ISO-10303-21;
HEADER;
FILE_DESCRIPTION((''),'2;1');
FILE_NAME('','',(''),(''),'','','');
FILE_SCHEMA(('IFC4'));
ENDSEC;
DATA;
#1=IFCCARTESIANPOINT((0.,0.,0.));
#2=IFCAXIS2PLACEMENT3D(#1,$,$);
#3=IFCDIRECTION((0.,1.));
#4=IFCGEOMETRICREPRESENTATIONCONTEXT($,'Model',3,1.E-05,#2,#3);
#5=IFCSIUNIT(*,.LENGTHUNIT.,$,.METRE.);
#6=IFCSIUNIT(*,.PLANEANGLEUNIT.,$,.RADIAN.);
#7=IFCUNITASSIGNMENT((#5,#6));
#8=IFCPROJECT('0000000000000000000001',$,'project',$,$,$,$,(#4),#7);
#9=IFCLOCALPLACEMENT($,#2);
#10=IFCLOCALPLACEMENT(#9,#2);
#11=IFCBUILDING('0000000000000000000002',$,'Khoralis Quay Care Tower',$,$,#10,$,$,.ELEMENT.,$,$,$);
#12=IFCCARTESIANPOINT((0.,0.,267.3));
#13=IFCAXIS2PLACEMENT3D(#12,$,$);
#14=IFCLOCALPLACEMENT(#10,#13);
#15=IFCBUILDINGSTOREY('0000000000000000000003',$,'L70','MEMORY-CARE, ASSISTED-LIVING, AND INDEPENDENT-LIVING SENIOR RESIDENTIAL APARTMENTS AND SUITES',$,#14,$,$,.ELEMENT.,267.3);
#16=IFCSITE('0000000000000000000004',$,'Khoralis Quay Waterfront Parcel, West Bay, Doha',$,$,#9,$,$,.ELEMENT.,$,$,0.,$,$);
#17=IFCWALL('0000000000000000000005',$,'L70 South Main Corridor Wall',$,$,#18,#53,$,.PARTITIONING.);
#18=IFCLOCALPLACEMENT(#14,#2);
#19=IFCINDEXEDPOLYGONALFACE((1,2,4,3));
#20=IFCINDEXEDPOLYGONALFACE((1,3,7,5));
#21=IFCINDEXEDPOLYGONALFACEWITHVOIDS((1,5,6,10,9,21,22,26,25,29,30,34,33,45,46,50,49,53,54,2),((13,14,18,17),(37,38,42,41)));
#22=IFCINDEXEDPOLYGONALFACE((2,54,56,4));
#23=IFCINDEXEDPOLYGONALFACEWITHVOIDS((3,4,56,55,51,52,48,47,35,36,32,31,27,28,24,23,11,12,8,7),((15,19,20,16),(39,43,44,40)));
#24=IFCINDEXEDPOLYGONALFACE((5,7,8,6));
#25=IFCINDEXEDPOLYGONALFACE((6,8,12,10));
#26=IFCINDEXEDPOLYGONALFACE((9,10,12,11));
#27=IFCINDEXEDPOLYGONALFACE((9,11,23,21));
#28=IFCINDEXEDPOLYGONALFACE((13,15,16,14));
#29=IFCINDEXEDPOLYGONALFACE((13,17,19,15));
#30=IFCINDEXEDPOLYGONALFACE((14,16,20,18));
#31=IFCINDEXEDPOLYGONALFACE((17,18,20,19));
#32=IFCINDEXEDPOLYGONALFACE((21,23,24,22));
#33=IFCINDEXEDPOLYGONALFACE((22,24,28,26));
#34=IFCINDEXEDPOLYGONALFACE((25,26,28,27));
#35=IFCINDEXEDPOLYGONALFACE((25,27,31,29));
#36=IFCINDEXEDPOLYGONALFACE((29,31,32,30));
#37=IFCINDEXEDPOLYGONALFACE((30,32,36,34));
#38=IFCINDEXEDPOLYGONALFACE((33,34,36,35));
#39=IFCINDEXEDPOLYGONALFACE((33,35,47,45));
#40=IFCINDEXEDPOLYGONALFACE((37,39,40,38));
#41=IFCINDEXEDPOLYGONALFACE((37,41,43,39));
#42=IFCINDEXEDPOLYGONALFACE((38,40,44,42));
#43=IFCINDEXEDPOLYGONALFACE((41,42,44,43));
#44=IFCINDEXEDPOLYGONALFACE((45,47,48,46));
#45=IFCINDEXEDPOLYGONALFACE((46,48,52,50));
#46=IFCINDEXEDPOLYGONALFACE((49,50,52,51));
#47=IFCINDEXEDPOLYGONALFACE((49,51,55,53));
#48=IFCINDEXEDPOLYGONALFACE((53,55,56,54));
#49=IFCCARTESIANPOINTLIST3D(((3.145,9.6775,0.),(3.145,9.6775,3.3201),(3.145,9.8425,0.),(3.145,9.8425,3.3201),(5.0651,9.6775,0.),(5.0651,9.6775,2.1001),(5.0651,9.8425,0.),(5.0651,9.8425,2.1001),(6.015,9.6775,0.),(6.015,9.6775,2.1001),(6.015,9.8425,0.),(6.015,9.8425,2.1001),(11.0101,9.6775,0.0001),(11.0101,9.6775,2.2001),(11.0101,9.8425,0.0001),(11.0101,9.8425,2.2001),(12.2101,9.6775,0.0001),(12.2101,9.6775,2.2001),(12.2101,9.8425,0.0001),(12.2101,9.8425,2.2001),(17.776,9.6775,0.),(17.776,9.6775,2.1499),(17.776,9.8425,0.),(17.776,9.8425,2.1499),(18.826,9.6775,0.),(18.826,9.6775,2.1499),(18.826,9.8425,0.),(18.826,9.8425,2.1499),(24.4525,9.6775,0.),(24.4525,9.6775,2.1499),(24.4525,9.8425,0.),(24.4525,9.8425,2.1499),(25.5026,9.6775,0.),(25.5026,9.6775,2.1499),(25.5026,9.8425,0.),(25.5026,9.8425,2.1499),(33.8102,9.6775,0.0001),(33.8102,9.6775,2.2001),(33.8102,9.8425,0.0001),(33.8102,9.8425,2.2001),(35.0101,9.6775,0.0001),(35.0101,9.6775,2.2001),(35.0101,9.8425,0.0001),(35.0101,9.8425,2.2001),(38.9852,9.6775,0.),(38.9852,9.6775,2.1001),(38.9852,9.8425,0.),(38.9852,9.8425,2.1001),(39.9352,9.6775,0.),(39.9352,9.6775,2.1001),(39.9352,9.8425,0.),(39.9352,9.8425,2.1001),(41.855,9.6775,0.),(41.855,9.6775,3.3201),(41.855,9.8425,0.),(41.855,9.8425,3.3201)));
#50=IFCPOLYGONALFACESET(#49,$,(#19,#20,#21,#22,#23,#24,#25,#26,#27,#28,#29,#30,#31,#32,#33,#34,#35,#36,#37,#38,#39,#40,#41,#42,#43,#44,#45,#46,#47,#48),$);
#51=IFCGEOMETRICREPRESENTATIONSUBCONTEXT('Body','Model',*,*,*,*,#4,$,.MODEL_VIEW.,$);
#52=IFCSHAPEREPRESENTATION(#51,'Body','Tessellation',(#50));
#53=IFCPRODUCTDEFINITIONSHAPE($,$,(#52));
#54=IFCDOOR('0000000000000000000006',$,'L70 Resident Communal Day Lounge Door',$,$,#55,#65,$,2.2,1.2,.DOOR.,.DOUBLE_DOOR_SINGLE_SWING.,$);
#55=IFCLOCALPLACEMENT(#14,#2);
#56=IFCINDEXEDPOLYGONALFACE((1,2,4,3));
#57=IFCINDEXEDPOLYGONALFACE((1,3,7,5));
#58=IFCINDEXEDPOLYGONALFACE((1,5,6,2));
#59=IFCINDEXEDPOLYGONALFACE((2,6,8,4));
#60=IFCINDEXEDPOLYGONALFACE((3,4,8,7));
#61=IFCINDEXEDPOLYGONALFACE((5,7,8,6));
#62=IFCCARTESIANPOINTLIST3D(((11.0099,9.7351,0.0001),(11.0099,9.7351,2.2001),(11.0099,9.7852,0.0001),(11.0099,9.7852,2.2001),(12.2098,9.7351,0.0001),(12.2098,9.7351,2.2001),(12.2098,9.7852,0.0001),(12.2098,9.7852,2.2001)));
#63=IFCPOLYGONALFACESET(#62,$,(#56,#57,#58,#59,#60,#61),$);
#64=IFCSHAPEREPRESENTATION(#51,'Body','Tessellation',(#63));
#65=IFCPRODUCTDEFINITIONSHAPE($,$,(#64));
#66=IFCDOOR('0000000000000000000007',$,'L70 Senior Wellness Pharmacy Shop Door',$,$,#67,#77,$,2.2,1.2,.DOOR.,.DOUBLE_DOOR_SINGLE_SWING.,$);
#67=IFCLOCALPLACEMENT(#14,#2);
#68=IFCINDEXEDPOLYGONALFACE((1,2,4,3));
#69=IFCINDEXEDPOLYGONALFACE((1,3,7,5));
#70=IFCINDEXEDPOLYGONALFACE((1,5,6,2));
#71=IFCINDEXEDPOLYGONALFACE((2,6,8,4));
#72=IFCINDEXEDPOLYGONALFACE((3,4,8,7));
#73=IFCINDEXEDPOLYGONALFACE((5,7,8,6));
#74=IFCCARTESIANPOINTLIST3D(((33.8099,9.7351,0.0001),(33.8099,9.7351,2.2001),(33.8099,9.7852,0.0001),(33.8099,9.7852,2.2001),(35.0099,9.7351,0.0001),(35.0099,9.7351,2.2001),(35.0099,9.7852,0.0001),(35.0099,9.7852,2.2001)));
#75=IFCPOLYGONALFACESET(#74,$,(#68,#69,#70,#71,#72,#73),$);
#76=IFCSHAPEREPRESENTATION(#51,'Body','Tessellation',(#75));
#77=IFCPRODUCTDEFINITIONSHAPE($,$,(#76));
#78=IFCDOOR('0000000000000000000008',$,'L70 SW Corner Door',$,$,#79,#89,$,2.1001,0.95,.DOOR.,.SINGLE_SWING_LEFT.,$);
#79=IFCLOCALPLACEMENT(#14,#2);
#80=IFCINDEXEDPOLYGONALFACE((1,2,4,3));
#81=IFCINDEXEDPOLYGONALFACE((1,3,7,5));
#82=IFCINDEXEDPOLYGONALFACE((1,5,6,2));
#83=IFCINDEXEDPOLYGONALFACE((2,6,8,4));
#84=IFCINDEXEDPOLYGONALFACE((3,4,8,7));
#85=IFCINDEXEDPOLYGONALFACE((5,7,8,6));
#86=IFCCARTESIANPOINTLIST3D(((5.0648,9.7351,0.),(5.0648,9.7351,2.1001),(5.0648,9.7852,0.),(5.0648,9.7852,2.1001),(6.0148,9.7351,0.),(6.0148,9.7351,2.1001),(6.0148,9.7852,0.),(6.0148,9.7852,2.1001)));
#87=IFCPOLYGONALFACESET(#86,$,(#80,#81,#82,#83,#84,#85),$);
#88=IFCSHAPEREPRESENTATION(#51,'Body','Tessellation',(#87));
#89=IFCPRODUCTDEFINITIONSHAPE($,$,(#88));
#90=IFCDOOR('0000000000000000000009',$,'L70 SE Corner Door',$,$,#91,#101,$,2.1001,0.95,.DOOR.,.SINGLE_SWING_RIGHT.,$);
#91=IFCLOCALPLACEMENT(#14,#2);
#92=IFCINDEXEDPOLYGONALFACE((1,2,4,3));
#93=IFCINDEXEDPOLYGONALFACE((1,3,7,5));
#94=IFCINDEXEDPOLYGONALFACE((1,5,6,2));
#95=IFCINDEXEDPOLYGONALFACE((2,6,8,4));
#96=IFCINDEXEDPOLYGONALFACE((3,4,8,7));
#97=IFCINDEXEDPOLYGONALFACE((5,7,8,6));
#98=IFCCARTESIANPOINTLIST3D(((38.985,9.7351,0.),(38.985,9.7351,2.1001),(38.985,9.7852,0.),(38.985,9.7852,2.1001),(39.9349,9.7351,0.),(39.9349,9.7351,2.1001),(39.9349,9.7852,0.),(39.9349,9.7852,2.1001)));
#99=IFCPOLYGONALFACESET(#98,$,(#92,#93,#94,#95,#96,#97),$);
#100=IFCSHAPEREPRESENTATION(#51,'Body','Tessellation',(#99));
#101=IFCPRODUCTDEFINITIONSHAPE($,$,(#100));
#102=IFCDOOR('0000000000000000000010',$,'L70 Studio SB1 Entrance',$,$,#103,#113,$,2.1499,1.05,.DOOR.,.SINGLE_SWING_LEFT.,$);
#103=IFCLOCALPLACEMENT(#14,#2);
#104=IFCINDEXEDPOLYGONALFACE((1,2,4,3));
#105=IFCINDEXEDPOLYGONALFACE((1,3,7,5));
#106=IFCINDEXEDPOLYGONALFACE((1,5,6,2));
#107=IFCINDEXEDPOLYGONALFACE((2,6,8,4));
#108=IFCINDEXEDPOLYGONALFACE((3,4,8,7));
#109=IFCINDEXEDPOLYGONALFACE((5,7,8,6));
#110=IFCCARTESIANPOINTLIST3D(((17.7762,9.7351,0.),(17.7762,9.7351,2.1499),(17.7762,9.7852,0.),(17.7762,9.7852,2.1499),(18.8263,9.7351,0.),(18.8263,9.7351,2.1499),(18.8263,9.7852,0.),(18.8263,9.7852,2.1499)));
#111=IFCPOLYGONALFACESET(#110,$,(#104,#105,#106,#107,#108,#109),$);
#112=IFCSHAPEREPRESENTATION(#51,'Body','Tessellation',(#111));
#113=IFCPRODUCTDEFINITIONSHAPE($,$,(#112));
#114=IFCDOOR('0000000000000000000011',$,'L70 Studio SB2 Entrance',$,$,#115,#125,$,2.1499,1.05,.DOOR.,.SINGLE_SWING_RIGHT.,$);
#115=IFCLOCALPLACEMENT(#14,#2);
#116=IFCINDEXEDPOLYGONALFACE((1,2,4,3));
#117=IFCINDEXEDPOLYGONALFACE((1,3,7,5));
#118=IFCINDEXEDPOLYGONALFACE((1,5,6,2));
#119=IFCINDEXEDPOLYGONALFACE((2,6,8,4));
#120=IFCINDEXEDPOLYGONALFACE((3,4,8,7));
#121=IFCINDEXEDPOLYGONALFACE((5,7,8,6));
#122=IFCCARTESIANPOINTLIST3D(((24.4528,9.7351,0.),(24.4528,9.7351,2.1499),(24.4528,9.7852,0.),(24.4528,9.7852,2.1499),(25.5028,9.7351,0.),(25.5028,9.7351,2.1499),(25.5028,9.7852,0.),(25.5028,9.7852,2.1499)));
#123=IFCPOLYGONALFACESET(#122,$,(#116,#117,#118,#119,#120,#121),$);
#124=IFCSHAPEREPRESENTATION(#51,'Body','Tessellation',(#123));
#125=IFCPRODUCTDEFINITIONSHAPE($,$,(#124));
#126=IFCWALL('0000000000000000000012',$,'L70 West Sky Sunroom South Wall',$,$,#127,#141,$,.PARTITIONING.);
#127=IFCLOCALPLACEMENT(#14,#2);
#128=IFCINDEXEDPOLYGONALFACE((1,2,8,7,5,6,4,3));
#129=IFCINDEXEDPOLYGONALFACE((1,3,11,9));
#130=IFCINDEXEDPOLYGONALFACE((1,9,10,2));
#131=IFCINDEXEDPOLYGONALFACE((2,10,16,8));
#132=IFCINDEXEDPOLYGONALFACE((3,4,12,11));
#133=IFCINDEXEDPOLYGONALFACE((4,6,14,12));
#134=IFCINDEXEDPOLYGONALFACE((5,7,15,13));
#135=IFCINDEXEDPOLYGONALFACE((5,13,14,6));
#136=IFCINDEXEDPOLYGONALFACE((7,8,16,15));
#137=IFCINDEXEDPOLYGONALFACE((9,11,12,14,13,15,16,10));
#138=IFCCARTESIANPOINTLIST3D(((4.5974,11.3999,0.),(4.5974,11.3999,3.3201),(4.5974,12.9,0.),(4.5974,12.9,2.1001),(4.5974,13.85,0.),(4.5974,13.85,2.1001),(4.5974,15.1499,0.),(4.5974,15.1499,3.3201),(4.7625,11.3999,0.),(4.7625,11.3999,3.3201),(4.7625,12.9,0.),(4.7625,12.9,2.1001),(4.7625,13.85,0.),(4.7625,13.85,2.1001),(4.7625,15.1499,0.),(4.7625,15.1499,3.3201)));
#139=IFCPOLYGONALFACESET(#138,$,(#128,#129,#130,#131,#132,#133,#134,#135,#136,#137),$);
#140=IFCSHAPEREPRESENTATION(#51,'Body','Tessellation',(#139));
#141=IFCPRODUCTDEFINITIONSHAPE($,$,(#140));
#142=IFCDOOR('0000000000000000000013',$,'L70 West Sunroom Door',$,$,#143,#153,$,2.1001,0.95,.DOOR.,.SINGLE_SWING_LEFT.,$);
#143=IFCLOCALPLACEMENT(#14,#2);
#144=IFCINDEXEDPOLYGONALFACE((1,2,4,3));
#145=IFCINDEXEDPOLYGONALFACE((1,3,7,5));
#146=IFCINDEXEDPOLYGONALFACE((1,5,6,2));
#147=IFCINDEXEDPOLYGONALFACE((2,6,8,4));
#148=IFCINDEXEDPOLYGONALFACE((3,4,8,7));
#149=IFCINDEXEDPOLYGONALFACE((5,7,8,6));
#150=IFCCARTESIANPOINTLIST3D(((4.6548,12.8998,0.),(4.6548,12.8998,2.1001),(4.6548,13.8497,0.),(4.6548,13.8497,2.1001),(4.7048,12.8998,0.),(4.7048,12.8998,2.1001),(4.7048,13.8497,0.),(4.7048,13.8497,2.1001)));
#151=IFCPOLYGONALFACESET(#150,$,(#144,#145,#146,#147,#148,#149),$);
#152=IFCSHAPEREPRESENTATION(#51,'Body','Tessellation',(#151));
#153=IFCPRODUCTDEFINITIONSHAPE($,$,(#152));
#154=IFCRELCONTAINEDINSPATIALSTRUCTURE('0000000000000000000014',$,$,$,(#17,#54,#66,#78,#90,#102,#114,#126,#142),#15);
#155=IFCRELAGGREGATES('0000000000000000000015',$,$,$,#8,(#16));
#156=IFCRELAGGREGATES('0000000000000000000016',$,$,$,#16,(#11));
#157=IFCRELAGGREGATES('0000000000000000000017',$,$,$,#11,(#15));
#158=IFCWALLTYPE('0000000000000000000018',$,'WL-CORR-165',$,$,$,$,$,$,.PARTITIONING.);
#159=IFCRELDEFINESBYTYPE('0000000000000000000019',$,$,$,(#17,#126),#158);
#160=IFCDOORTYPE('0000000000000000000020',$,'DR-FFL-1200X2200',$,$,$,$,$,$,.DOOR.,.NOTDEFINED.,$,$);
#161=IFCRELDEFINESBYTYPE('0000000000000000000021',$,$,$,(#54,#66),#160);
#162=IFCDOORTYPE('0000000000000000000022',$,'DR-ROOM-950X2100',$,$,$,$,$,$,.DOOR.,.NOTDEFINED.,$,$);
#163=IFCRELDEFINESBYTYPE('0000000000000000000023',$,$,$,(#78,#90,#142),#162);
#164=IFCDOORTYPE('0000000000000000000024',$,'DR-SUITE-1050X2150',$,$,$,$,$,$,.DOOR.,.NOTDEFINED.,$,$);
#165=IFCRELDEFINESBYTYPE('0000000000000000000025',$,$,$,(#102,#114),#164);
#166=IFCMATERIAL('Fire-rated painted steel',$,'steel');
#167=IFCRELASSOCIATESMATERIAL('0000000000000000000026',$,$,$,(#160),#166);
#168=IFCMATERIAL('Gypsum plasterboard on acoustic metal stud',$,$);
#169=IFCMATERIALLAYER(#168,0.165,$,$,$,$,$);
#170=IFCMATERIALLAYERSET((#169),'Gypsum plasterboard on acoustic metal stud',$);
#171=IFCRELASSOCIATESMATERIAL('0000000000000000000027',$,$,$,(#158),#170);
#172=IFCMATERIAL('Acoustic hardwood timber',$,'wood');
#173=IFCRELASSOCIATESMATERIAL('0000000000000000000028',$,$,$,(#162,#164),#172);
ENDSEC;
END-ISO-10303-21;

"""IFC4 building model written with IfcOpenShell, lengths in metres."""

from ifc_helpers import new_model, si_unit, direction, frame, frame_2d, origin, place, context, subcontext, project, spatial, rectangle, extrude, source, transform, mapped, material, layer, layer_set, type_object, element, fill, save


model = new_model("IFC4")

# Units and contexts
model_context = context("Model", 3, precision=1e-05, world=origin(), true_north=direction((0.0, 1.0)))
body_context = subcontext(model_context, "Body", "Model", "MODEL_VIEW")
ifc_project = project(units=[si_unit("LENGTHUNIT", "METRE"), si_unit("PLANEANGLEUNIT", "RADIAN")], contexts=[model_context])

# Site, building, storey
site_placement = place(None, origin())
site = spatial("IfcSite", under=ifc_project, at=site_placement, Name="Khoralis Quay Waterfront Parcel, West Bay, Doha", CompositionType="ELEMENT", RefElevation=0.0)
building_placement = place(site_placement, origin())
building = spatial("IfcBuilding", under=site, at=building_placement, Name="Khoralis Quay Care Tower", CompositionType="ELEMENT")
storey_placement = place(building_placement, frame((0.0, 0.0, 267.3)))
storey = spatial("IfcBuildingStorey", under=building, at=storey_placement, Name="L70", Description="MEMORY-CARE, ASSISTED-LIVING, AND INDEPENDENT-LIVING SENIOR RESIDENTIAL APARTMENTS AND SUITES", CompositionType="ELEMENT", Elevation=267.3)

# Shared definitions
ifc_material_1 = material(Name="Gypsum plasterboard on acoustic metal stud")
ifc_material_2 = material(Name="Fire-rated painted steel", Category="steel")
door_type_1 = type_object("IfcDoorType", Name="DR-FFL-1200X2200", OperationType="NOTDEFINED", PredefinedType="DOOR", material=ifc_material_2)
shared_shape_1 = source(origin(), body_context, "Body", "SweptSolid", [
    extrude(rectangle(XDim=1.2, YDim=2.2, at=frame_2d((0.6001, 1.1001))), frame((0.0, 0.0249, 0.0), z_axis=(0.0, -1.0, 0.0), x_axis=(1.0, 0.0, 0.0)), (0.0, 0.0, 1.0), 0.05),
])

# Wall, openings, doors
ifc_layer_1 = layer(ifc_material_1, 0.165)
ifc_layer_set_1 = layer_set([ifc_layer_1], Name="Gypsum plasterboard on acoustic metal stud")
wall_type_1 = type_object("IfcWallType", Name="WL-CORR-165", PredefinedType="PARTITIONING", material=ifc_layer_set_1)
wall_1_placement = place(storey_placement, frame((3.145, 9.76, 0.0), z_axis=(0.0, 0.0, 1.0), x_axis=(1.0, 0.0, 0.0)))
wall_1 = element("IfcWall", 1, at=wall_1_placement, inside=storey, type_object=wall_type_1, Name="L70 South Main Corridor Wall", PredefinedType="PARTITIONING", context=body_context, shape_type="SweptSolid", body=[
    extrude(rectangle(XDim=38.71, YDim=0.165, at=frame_2d((19.355, 0.0))), origin(), (0.0, 0.0, 1.0), 3.3201),
])
opening_1_placement = place(wall_1_placement, frame((7.865, 0.0, 0.0)))
opening_1 = element("IfcOpeningElement", 2, at=opening_1_placement, cuts=wall_1, PredefinedType="OPENING", context=body_context, shape_type="SweptSolid", body=[
    extrude(rectangle(XDim=1.2, YDim=2.2, at=frame_2d((0.6001, 1.1001))), frame((0.0, 0.0925, 0.0), z_axis=(0.0, -1.0, 0.0), x_axis=(1.0, 0.0, 0.0)), (0.0, 0.0, 1.0), 0.1851),
])
opening_2_placement = place(wall_1_placement, frame((14.6311, 0.0, 0.0)))
opening_2 = element("IfcOpeningElement", 3, at=opening_2_placement, cuts=wall_1, PredefinedType="OPENING", context=body_context, shape_type="SweptSolid", body=[
    extrude(rectangle(XDim=1.05, YDim=2.1499, at=frame_2d((0.5249, 1.075))), frame((0.0, 0.0925, 0.0), z_axis=(0.0, -1.0, 0.0), x_axis=(1.0, 0.0, 0.0)), (0.0, 0.0, 1.0), 0.1851),
])
opening_3_placement = place(wall_1_placement, frame((21.3076, 0.0, 0.0)))
opening_3 = element("IfcOpeningElement", 4, at=opening_3_placement, cuts=wall_1, PredefinedType="OPENING", context=body_context, shape_type="SweptSolid", body=[
    extrude(rectangle(XDim=1.05, YDim=2.1499, at=frame_2d((0.5249, 1.075))), frame((0.0, 0.0925, 0.0), z_axis=(0.0, -1.0, 0.0), x_axis=(1.0, 0.0, 0.0)), (0.0, 0.0, 1.0), 0.1851),
])
opening_4_placement = place(wall_1_placement, frame((30.665, 0.0, 0.0)))
opening_4 = element("IfcOpeningElement", 5, at=opening_4_placement, cuts=wall_1, PredefinedType="OPENING", context=body_context, shape_type="SweptSolid", body=[
    extrude(rectangle(XDim=1.2, YDim=2.2, at=frame_2d((0.6001, 1.1001))), frame((0.0, 0.0925, 0.0), z_axis=(0.0, -1.0, 0.0), x_axis=(1.0, 0.0, 0.0)), (0.0, 0.0, 1.0), 0.1851),
])
opening_5_placement = place(wall_1_placement, frame((1.9199, 0.0, 0.0)))
opening_5 = element("IfcOpeningElement", 6, at=opening_5_placement, cuts=wall_1, PredefinedType="OPENING", context=body_context, shape_type="SweptSolid", body=[
    extrude(rectangle(XDim=0.95, YDim=2.1001, at=frame_2d((0.4751, 1.05))), frame((0.0, 0.0925, 0.0), z_axis=(0.0, -1.0, 0.0), x_axis=(1.0, 0.0, 0.0)), (0.0, 0.0, 1.0), 0.1851),
])
opening_6_placement = place(wall_1_placement, frame((35.8401, 0.0, 0.0)))
opening_6 = element("IfcOpeningElement", 7, at=opening_6_placement, cuts=wall_1, PredefinedType="OPENING", context=body_context, shape_type="SweptSolid", body=[
    extrude(rectangle(XDim=0.95, YDim=2.1001, at=frame_2d((0.4751, 1.05))), frame((0.0, 0.0925, 0.0), z_axis=(0.0, -1.0, 0.0), x_axis=(1.0, 0.0, 0.0)), (0.0, 0.0, 1.0), 0.1851),
])
door_1_placement = place(opening_1_placement, frame((1.2, 0.0, 0.0), z_axis=(0.0, 0.0, 1.0), x_axis=(-1.0, 0.0, 0.0)))
door_1 = element("IfcDoor", 8, at=door_1_placement, inside=storey, type_object=door_type_1, Name="L70 Resident Communal Day Lounge Door", OperationType="DOUBLE_DOOR_SINGLE_SWING", OverallHeight=2.2, OverallWidth=1.2, PredefinedType="DOOR", context=body_context, shape_type="MappedRepresentation", body=[
    mapped(shared_shape_1, transform((0.0, 0.0, 0.0), scale=1.0)),
])
fill(opening_1, door_1)
door_2_placement = place(opening_4_placement, frame((1.2, 0.0, 0.0), z_axis=(0.0, 0.0, 1.0), x_axis=(-1.0, 0.0, 0.0)))
door_2 = element("IfcDoor", 9, at=door_2_placement, inside=storey, type_object=door_type_1, Name="L70 Senior Wellness Pharmacy Shop Door", OperationType="DOUBLE_DOOR_SINGLE_SWING", OverallHeight=2.2, OverallWidth=1.2, PredefinedType="DOOR", context=body_context, shape_type="MappedRepresentation", body=[
    mapped(shared_shape_1, transform((0.0, 0.0, 0.0), scale=1.0)),
])
fill(opening_4, door_2)
ifc_material_3 = material(Name="Acoustic hardwood timber", Category="wood")
door_type_2 = type_object("IfcDoorType", Name="DR-ROOM-950X2100", OperationType="NOTDEFINED", PredefinedType="DOOR", material=ifc_material_3)
shared_shape_2 = source(origin(), body_context, "Body", "SweptSolid", [
    extrude(rectangle(XDim=0.95, YDim=2.1001, at=frame_2d((0.4751, 1.05))), frame((0.0, 0.0249, 0.0), z_axis=(0.0, -1.0, 0.0), x_axis=(1.0, 0.0, 0.0)), (0.0, 0.0, 1.0), 0.05),
])
door_3_placement = place(opening_5_placement, frame((0.95, 0.0, 0.0), z_axis=(0.0, 0.0, 1.0), x_axis=(-1.0, 0.0, 0.0)))
door_3 = element("IfcDoor", 10, at=door_3_placement, inside=storey, type_object=door_type_2, Name="L70 SW Corner Door", OperationType="SINGLE_SWING_LEFT", OverallHeight=2.1001, OverallWidth=0.95, PredefinedType="DOOR", context=body_context, shape_type="MappedRepresentation", body=[
    mapped(shared_shape_2, transform((0.0, 0.0, 0.0), scale=1.0)),
])
fill(opening_5, door_3)
door_4_placement = place(opening_6_placement, frame((0.95, 0.0, 0.0), z_axis=(0.0, 0.0, 1.0), x_axis=(-1.0, 0.0, 0.0)))
door_4 = element("IfcDoor", 11, at=door_4_placement, inside=storey, type_object=door_type_2, Name="L70 SE Corner Door", OperationType="SINGLE_SWING_RIGHT", OverallHeight=2.1001, OverallWidth=0.95, PredefinedType="DOOR", context=body_context, shape_type="MappedRepresentation", body=[
    mapped(shared_shape_2, transform((0.0, 0.0, 0.0), scale=1.0)),
])
fill(opening_6, door_4)
door_type_3 = type_object("IfcDoorType", Name="DR-SUITE-1050X2150", OperationType="NOTDEFINED", PredefinedType="DOOR", material=ifc_material_3)
shared_shape_3 = source(origin(), body_context, "Body", "SweptSolid", [
    extrude(rectangle(XDim=1.05, YDim=2.1499, at=frame_2d((0.5249, 1.075))), frame((0.0, 0.0249, 0.0), z_axis=(0.0, -1.0, 0.0), x_axis=(1.0, 0.0, 0.0)), (0.0, 0.0, 1.0), 0.05),
])
door_5_placement = place(opening_2_placement, frame((1.05, 0.0, 0.0), z_axis=(0.0, 0.0, 1.0), x_axis=(-1.0, 0.0, 0.0)))
door_5 = element("IfcDoor", 12, at=door_5_placement, inside=storey, type_object=door_type_3, Name="L70 Studio SB1 Entrance", OperationType="SINGLE_SWING_LEFT", OverallHeight=2.1499, OverallWidth=1.05, PredefinedType="DOOR", context=body_context, shape_type="MappedRepresentation", body=[
    mapped(shared_shape_3, transform((0.0, 0.0, 0.0), scale=1.0)),
])
fill(opening_2, door_5)
door_6_placement = place(opening_3_placement, frame((1.05, 0.0, 0.0), z_axis=(0.0, 0.0, 1.0), x_axis=(-1.0, 0.0, 0.0)))
door_6 = element("IfcDoor", 13, at=door_6_placement, inside=storey, type_object=door_type_3, Name="L70 Studio SB2 Entrance", OperationType="SINGLE_SWING_RIGHT", OverallHeight=2.1499, OverallWidth=1.05, PredefinedType="DOOR", context=body_context, shape_type="MappedRepresentation", body=[
    mapped(shared_shape_3, transform((0.0, 0.0, 0.0), scale=1.0)),
])
fill(opening_3, door_6)

# Wall, opening, door
wall_2_placement = place(storey_placement, frame((4.6799, 11.3999, 0.0), z_axis=(0.0, 0.0, 1.0), x_axis=(0.0, 1.0, 0.0)))
wall_2 = element("IfcWall", 14, at=wall_2_placement, inside=storey, type_object=wall_type_1, Name="L70 West Sky Sunroom South Wall", PredefinedType="PARTITIONING", context=body_context, shape_type="SweptSolid", body=[
    extrude(rectangle(XDim=3.75, YDim=0.165, at=frame_2d((1.875, 0.0))), origin(), (0.0, 0.0, 1.0), 3.3201),
])
opening_7_placement = place(wall_2_placement, frame((1.5, 0.0, 0.0)))
opening_7 = element("IfcOpeningElement", 15, at=opening_7_placement, cuts=wall_2, PredefinedType="OPENING", context=body_context, shape_type="SweptSolid", body=[
    extrude(rectangle(XDim=0.95, YDim=2.1001, at=frame_2d((0.4751, 1.05))), frame((0.0, 0.0925, 0.0), z_axis=(0.0, -1.0, 0.0), x_axis=(1.0, 0.0, 0.0)), (0.0, 0.0, 1.0), 0.1851),
])
door_7_placement = place(opening_7_placement, frame((0.95, 0.0, 0.0), z_axis=(0.0, 0.0, 1.0), x_axis=(-1.0, 0.0, 0.0)))
door_7 = element("IfcDoor", 16, at=door_7_placement, inside=storey, type_object=door_type_2, Name="L70 West Sunroom Door", OperationType="SINGLE_SWING_LEFT", OverallHeight=2.1001, OverallWidth=0.95, PredefinedType="DOOR", context=body_context, shape_type="MappedRepresentation", body=[
    mapped(shared_shape_2, transform((0.0, 0.0, 0.0), scale=1.0)),
])
fill(opening_7, door_7)

save(model, "model.ifc")
